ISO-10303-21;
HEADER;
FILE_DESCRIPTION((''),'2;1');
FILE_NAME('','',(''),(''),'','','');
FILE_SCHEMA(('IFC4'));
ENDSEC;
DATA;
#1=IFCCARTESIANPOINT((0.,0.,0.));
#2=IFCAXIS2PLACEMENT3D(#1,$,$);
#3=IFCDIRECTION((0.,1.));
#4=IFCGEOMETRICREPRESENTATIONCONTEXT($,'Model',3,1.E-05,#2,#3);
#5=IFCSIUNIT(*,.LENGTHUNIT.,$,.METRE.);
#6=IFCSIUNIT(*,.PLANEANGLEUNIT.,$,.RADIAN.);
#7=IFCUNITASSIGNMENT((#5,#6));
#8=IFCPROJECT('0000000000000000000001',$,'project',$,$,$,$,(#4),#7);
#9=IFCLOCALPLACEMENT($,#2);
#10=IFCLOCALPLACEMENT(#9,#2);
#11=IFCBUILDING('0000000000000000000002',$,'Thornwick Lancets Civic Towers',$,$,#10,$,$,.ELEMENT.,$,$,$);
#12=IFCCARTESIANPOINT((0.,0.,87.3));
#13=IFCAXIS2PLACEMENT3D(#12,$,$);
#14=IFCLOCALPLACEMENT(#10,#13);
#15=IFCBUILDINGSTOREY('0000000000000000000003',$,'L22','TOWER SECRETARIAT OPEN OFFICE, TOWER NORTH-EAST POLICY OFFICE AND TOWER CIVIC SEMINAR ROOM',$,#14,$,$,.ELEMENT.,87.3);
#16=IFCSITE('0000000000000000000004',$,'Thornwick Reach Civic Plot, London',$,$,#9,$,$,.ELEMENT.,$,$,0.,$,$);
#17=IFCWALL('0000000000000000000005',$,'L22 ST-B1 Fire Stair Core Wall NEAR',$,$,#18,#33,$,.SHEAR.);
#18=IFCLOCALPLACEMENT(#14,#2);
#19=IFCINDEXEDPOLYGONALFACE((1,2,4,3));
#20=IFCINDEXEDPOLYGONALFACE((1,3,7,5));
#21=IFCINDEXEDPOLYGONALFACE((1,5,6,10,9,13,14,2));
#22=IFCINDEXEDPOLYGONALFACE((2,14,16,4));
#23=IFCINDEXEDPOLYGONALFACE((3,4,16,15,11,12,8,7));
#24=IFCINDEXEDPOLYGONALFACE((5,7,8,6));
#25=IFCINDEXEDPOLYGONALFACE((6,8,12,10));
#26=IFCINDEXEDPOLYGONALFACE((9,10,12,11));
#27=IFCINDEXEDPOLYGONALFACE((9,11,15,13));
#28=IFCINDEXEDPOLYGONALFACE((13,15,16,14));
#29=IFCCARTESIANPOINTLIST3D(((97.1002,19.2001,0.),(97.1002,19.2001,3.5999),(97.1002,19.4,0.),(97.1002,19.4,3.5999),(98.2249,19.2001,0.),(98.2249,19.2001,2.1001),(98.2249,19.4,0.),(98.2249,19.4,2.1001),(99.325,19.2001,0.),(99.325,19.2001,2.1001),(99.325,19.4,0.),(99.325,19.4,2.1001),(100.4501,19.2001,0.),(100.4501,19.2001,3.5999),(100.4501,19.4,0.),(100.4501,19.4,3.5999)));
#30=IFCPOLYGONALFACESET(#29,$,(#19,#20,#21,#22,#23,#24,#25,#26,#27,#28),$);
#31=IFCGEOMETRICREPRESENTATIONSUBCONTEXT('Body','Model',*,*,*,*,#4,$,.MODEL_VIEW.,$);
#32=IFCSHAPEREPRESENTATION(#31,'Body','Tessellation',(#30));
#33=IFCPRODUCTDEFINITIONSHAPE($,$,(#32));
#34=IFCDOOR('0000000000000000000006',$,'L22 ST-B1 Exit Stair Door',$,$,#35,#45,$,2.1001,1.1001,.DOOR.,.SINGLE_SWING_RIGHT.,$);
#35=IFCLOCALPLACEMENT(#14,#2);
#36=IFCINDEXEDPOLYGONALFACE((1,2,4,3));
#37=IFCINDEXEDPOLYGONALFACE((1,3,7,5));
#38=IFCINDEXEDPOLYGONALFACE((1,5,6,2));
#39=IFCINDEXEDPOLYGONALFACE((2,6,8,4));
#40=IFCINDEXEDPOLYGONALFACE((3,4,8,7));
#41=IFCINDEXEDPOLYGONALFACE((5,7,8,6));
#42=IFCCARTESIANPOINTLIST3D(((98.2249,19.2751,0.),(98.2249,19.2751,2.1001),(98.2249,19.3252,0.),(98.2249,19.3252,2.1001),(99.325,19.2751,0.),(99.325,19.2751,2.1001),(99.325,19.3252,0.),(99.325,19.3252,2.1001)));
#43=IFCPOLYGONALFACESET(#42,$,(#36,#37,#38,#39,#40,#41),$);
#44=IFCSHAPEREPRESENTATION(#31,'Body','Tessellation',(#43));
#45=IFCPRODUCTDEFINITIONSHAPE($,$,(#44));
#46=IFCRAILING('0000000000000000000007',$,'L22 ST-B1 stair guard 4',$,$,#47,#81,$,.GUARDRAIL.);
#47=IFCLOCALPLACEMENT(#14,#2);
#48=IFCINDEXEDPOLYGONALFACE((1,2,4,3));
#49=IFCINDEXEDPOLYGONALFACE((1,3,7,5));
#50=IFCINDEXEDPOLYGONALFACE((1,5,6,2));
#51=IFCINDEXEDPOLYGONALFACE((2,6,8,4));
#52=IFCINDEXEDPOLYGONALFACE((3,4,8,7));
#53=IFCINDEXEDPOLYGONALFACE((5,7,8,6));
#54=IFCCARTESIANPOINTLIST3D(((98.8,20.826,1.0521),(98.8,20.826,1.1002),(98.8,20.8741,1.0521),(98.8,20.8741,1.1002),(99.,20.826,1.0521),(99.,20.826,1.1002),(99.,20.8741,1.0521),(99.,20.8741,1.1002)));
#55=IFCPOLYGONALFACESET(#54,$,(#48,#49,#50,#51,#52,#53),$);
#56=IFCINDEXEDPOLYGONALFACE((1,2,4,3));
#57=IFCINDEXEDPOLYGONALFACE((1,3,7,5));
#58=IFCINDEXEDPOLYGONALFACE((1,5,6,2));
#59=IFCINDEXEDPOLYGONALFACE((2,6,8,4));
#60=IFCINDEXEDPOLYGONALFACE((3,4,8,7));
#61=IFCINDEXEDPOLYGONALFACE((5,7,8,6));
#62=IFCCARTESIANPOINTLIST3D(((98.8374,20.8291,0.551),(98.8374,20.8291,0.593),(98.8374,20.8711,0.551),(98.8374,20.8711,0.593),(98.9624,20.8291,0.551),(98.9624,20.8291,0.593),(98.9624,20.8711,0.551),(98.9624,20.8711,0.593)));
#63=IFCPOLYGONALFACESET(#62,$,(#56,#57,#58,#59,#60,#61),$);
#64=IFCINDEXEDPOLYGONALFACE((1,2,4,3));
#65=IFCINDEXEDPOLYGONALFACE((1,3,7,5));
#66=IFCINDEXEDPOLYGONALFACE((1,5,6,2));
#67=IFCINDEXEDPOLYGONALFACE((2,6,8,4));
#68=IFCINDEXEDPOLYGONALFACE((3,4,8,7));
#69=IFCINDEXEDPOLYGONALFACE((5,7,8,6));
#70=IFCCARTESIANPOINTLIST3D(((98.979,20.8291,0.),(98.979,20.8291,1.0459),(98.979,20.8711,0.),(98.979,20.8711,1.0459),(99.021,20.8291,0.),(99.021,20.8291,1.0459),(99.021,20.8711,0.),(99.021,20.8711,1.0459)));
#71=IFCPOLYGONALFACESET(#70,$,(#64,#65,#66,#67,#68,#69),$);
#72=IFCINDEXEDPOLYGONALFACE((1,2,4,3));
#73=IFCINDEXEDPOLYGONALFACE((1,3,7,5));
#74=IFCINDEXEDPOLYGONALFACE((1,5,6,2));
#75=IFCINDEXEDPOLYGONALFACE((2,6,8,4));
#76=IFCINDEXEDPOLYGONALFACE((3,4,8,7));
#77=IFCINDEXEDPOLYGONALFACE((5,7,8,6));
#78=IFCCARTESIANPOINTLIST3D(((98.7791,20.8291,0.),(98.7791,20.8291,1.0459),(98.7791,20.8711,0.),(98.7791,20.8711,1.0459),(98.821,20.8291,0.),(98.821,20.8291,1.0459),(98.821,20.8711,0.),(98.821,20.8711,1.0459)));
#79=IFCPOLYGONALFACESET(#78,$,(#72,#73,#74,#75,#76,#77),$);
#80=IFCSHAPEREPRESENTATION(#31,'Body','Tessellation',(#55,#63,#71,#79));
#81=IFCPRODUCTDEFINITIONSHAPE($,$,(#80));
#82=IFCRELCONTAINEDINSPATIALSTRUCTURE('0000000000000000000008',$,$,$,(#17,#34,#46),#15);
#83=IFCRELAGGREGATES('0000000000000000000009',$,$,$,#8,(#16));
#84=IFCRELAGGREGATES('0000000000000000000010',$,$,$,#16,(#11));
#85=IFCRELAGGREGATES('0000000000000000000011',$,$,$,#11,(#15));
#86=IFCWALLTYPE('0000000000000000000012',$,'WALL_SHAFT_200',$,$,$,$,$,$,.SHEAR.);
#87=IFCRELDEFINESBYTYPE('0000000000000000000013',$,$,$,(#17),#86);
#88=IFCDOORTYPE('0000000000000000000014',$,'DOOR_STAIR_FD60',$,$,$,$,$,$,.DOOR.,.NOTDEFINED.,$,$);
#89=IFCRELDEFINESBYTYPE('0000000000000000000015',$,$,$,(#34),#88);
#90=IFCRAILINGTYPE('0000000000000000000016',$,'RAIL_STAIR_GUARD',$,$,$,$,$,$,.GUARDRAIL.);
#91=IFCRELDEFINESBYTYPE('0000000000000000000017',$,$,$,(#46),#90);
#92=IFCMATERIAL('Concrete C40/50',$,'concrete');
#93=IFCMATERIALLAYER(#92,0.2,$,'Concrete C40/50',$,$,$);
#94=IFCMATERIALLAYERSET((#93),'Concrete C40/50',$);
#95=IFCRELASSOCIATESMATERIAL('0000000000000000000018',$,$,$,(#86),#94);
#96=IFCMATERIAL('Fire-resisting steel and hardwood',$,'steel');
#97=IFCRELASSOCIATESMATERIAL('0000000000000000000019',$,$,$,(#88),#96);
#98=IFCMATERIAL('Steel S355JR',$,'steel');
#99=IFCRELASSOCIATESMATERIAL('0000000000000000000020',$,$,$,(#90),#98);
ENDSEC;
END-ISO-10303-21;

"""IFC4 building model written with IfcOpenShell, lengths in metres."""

from ifc_helpers import new_model, si_unit, direction, frame, frame_2d, origin, origin_2d, place, context, subcontext, project, spatial, rectangle, extrude, material, layer, layer_set, type_object, element, fill, save


model = new_model("IFC4")

# Units and contexts
model_context = context("Model", 3, precision=1e-05, world=origin(), true_north=direction((0.0, 1.0)))
body_context = subcontext(model_context, "Body", "Model", "MODEL_VIEW")
ifc_project = project(units=[si_unit("LENGTHUNIT", "METRE"), si_unit("PLANEANGLEUNIT", "RADIAN")], contexts=[model_context])

# Site, building, storey
site_placement = place(None, origin())
site = spatial("IfcSite", under=ifc_project, at=site_placement, Name="Thornwick Reach Civic Plot, London", CompositionType="ELEMENT", RefElevation=0.0)
building_placement = place(site_placement, origin())
building = spatial("IfcBuilding", under=site, at=building_placement, Name="Thornwick Lancets Civic Towers", CompositionType="ELEMENT")
storey_placement = place(building_placement, frame((0.0, 0.0, 87.3)))
storey = spatial("IfcBuildingStorey", under=building, at=storey_placement, Name="L22", Description="TOWER SECRETARIAT OPEN OFFICE, TOWER NORTH-EAST POLICY OFFICE AND TOWER CIVIC SEMINAR ROOM", CompositionType="ELEMENT", Elevation=87.3)

# Shared definitions
ifc_material_1 = material(Name="Steel S355JR", Category="steel")

# Wall, opening, door
ifc_material_2 = material(Name="Concrete C40/50", Category="concrete")
ifc_layer_1 = layer(ifc_material_2, 0.2, Name="Concrete C40/50")
ifc_layer_set_1 = layer_set([ifc_layer_1], Name="Concrete C40/50")
wall_type_1 = type_object("IfcWallType", Name="WALL_SHAFT_200", PredefinedType="SHEAR", material=ifc_layer_set_1)
wall_1_placement = place(storey_placement, frame((100.45, 19.3, 0.0), z_axis=(0.0, 0.0, 1.0), x_axis=(-1.0, 0.0, 0.0)))
wall_1 = element("IfcWall", 1, at=wall_1_placement, inside=storey, type_object=wall_type_1, Name="L22 ST-B1 Fire Stair Core Wall NEAR", PredefinedType="SHEAR", context=body_context, shape_type="SweptSolid", body=[
    extrude(rectangle(XDim=3.3499, YDim=0.2, at=frame_2d((1.6748, 0.0))), origin(), (0.0, 0.0, 1.0), 3.5999),
])
opening_1_placement = place(wall_1_placement, frame((1.125, 0.0, 0.0)))
opening_1 = element("IfcOpeningElement", 2, at=opening_1_placement, cuts=wall_1, PredefinedType="OPENING", context=body_context, shape_type="SweptSolid", body=[
    extrude(rectangle(XDim=1.1001, YDim=2.1001, at=frame_2d((0.55, 1.05))), frame((0.0, 0.1099, 0.0), z_axis=(0.0, -1.0, 0.0), x_axis=(1.0, 0.0, 0.0)), (0.0, 0.0, 1.0), 0.22),
])
ifc_material_3 = material(Name="Fire-resisting steel and hardwood", Category="steel")
door_type = type_object("IfcDoorType", Name="DOOR_STAIR_FD60", OperationType="NOTDEFINED", PredefinedType="DOOR", material=ifc_material_3)
door_placement = place(opening_1_placement, origin())
door = element("IfcDoor", 3, at=door_placement, inside=storey, type_object=door_type, Name="L22 ST-B1 Exit Stair Door", OperationType="SINGLE_SWING_RIGHT", OverallHeight=2.1001, OverallWidth=1.1001, PredefinedType="DOOR", context=body_context, shape_type="SweptSolid", body=[
    extrude(rectangle(XDim=1.1001, YDim=2.1001, at=frame_2d((0.55, 1.05))), frame((0.0, 0.0249, 0.0), z_axis=(0.0, -1.0, 0.0), x_axis=(1.0, 0.0, 0.0)), (0.0, 0.0, 1.0), 0.05),
])
fill(opening_1, door)

# Railing
railing_type = type_object("IfcRailingType", Name="RAIL_STAIR_GUARD", PredefinedType="GUARDRAIL", material=ifc_material_1)
railing_placement = place(storey_placement, frame((99.0, 20.8501, 0.0)))
element("IfcRailing", 4, at=railing_placement, inside=storey, type_object=railing_type, Name="L22 ST-B1 stair guard 4", PredefinedType="GUARDRAIL", context=body_context, shape_type="SweptSolid", body=[
    extrude(rectangle(XDim=0.0481, YDim=0.0481, at=origin_2d()), frame((0.0, 0.0, 1.0762), z_axis=(-1.0, 0.0, 0.0), x_axis=(0.0, -1.0, 0.0)), (0.0, 0.0, 1.0), 0.2),
    extrude(rectangle(XDim=0.042, YDim=0.042, at=origin_2d()), frame((-0.0376, 0.0, 0.572), z_axis=(-1.0, 0.0, 0.0), x_axis=(0.0, -1.0, 0.0)), (0.0, 0.0, 1.0), 0.125),
    extrude(rectangle(XDim=0.042, YDim=0.042, at=origin_2d()), origin(), (0.0, 0.0, 1.0), 1.0459),
    extrude(rectangle(XDim=0.042, YDim=0.042, at=origin_2d()), frame((-0.2, 0.0, 0.0)), (0.0, 0.0, 1.0), 1.0459),
])

save(model, "model.ifc")
